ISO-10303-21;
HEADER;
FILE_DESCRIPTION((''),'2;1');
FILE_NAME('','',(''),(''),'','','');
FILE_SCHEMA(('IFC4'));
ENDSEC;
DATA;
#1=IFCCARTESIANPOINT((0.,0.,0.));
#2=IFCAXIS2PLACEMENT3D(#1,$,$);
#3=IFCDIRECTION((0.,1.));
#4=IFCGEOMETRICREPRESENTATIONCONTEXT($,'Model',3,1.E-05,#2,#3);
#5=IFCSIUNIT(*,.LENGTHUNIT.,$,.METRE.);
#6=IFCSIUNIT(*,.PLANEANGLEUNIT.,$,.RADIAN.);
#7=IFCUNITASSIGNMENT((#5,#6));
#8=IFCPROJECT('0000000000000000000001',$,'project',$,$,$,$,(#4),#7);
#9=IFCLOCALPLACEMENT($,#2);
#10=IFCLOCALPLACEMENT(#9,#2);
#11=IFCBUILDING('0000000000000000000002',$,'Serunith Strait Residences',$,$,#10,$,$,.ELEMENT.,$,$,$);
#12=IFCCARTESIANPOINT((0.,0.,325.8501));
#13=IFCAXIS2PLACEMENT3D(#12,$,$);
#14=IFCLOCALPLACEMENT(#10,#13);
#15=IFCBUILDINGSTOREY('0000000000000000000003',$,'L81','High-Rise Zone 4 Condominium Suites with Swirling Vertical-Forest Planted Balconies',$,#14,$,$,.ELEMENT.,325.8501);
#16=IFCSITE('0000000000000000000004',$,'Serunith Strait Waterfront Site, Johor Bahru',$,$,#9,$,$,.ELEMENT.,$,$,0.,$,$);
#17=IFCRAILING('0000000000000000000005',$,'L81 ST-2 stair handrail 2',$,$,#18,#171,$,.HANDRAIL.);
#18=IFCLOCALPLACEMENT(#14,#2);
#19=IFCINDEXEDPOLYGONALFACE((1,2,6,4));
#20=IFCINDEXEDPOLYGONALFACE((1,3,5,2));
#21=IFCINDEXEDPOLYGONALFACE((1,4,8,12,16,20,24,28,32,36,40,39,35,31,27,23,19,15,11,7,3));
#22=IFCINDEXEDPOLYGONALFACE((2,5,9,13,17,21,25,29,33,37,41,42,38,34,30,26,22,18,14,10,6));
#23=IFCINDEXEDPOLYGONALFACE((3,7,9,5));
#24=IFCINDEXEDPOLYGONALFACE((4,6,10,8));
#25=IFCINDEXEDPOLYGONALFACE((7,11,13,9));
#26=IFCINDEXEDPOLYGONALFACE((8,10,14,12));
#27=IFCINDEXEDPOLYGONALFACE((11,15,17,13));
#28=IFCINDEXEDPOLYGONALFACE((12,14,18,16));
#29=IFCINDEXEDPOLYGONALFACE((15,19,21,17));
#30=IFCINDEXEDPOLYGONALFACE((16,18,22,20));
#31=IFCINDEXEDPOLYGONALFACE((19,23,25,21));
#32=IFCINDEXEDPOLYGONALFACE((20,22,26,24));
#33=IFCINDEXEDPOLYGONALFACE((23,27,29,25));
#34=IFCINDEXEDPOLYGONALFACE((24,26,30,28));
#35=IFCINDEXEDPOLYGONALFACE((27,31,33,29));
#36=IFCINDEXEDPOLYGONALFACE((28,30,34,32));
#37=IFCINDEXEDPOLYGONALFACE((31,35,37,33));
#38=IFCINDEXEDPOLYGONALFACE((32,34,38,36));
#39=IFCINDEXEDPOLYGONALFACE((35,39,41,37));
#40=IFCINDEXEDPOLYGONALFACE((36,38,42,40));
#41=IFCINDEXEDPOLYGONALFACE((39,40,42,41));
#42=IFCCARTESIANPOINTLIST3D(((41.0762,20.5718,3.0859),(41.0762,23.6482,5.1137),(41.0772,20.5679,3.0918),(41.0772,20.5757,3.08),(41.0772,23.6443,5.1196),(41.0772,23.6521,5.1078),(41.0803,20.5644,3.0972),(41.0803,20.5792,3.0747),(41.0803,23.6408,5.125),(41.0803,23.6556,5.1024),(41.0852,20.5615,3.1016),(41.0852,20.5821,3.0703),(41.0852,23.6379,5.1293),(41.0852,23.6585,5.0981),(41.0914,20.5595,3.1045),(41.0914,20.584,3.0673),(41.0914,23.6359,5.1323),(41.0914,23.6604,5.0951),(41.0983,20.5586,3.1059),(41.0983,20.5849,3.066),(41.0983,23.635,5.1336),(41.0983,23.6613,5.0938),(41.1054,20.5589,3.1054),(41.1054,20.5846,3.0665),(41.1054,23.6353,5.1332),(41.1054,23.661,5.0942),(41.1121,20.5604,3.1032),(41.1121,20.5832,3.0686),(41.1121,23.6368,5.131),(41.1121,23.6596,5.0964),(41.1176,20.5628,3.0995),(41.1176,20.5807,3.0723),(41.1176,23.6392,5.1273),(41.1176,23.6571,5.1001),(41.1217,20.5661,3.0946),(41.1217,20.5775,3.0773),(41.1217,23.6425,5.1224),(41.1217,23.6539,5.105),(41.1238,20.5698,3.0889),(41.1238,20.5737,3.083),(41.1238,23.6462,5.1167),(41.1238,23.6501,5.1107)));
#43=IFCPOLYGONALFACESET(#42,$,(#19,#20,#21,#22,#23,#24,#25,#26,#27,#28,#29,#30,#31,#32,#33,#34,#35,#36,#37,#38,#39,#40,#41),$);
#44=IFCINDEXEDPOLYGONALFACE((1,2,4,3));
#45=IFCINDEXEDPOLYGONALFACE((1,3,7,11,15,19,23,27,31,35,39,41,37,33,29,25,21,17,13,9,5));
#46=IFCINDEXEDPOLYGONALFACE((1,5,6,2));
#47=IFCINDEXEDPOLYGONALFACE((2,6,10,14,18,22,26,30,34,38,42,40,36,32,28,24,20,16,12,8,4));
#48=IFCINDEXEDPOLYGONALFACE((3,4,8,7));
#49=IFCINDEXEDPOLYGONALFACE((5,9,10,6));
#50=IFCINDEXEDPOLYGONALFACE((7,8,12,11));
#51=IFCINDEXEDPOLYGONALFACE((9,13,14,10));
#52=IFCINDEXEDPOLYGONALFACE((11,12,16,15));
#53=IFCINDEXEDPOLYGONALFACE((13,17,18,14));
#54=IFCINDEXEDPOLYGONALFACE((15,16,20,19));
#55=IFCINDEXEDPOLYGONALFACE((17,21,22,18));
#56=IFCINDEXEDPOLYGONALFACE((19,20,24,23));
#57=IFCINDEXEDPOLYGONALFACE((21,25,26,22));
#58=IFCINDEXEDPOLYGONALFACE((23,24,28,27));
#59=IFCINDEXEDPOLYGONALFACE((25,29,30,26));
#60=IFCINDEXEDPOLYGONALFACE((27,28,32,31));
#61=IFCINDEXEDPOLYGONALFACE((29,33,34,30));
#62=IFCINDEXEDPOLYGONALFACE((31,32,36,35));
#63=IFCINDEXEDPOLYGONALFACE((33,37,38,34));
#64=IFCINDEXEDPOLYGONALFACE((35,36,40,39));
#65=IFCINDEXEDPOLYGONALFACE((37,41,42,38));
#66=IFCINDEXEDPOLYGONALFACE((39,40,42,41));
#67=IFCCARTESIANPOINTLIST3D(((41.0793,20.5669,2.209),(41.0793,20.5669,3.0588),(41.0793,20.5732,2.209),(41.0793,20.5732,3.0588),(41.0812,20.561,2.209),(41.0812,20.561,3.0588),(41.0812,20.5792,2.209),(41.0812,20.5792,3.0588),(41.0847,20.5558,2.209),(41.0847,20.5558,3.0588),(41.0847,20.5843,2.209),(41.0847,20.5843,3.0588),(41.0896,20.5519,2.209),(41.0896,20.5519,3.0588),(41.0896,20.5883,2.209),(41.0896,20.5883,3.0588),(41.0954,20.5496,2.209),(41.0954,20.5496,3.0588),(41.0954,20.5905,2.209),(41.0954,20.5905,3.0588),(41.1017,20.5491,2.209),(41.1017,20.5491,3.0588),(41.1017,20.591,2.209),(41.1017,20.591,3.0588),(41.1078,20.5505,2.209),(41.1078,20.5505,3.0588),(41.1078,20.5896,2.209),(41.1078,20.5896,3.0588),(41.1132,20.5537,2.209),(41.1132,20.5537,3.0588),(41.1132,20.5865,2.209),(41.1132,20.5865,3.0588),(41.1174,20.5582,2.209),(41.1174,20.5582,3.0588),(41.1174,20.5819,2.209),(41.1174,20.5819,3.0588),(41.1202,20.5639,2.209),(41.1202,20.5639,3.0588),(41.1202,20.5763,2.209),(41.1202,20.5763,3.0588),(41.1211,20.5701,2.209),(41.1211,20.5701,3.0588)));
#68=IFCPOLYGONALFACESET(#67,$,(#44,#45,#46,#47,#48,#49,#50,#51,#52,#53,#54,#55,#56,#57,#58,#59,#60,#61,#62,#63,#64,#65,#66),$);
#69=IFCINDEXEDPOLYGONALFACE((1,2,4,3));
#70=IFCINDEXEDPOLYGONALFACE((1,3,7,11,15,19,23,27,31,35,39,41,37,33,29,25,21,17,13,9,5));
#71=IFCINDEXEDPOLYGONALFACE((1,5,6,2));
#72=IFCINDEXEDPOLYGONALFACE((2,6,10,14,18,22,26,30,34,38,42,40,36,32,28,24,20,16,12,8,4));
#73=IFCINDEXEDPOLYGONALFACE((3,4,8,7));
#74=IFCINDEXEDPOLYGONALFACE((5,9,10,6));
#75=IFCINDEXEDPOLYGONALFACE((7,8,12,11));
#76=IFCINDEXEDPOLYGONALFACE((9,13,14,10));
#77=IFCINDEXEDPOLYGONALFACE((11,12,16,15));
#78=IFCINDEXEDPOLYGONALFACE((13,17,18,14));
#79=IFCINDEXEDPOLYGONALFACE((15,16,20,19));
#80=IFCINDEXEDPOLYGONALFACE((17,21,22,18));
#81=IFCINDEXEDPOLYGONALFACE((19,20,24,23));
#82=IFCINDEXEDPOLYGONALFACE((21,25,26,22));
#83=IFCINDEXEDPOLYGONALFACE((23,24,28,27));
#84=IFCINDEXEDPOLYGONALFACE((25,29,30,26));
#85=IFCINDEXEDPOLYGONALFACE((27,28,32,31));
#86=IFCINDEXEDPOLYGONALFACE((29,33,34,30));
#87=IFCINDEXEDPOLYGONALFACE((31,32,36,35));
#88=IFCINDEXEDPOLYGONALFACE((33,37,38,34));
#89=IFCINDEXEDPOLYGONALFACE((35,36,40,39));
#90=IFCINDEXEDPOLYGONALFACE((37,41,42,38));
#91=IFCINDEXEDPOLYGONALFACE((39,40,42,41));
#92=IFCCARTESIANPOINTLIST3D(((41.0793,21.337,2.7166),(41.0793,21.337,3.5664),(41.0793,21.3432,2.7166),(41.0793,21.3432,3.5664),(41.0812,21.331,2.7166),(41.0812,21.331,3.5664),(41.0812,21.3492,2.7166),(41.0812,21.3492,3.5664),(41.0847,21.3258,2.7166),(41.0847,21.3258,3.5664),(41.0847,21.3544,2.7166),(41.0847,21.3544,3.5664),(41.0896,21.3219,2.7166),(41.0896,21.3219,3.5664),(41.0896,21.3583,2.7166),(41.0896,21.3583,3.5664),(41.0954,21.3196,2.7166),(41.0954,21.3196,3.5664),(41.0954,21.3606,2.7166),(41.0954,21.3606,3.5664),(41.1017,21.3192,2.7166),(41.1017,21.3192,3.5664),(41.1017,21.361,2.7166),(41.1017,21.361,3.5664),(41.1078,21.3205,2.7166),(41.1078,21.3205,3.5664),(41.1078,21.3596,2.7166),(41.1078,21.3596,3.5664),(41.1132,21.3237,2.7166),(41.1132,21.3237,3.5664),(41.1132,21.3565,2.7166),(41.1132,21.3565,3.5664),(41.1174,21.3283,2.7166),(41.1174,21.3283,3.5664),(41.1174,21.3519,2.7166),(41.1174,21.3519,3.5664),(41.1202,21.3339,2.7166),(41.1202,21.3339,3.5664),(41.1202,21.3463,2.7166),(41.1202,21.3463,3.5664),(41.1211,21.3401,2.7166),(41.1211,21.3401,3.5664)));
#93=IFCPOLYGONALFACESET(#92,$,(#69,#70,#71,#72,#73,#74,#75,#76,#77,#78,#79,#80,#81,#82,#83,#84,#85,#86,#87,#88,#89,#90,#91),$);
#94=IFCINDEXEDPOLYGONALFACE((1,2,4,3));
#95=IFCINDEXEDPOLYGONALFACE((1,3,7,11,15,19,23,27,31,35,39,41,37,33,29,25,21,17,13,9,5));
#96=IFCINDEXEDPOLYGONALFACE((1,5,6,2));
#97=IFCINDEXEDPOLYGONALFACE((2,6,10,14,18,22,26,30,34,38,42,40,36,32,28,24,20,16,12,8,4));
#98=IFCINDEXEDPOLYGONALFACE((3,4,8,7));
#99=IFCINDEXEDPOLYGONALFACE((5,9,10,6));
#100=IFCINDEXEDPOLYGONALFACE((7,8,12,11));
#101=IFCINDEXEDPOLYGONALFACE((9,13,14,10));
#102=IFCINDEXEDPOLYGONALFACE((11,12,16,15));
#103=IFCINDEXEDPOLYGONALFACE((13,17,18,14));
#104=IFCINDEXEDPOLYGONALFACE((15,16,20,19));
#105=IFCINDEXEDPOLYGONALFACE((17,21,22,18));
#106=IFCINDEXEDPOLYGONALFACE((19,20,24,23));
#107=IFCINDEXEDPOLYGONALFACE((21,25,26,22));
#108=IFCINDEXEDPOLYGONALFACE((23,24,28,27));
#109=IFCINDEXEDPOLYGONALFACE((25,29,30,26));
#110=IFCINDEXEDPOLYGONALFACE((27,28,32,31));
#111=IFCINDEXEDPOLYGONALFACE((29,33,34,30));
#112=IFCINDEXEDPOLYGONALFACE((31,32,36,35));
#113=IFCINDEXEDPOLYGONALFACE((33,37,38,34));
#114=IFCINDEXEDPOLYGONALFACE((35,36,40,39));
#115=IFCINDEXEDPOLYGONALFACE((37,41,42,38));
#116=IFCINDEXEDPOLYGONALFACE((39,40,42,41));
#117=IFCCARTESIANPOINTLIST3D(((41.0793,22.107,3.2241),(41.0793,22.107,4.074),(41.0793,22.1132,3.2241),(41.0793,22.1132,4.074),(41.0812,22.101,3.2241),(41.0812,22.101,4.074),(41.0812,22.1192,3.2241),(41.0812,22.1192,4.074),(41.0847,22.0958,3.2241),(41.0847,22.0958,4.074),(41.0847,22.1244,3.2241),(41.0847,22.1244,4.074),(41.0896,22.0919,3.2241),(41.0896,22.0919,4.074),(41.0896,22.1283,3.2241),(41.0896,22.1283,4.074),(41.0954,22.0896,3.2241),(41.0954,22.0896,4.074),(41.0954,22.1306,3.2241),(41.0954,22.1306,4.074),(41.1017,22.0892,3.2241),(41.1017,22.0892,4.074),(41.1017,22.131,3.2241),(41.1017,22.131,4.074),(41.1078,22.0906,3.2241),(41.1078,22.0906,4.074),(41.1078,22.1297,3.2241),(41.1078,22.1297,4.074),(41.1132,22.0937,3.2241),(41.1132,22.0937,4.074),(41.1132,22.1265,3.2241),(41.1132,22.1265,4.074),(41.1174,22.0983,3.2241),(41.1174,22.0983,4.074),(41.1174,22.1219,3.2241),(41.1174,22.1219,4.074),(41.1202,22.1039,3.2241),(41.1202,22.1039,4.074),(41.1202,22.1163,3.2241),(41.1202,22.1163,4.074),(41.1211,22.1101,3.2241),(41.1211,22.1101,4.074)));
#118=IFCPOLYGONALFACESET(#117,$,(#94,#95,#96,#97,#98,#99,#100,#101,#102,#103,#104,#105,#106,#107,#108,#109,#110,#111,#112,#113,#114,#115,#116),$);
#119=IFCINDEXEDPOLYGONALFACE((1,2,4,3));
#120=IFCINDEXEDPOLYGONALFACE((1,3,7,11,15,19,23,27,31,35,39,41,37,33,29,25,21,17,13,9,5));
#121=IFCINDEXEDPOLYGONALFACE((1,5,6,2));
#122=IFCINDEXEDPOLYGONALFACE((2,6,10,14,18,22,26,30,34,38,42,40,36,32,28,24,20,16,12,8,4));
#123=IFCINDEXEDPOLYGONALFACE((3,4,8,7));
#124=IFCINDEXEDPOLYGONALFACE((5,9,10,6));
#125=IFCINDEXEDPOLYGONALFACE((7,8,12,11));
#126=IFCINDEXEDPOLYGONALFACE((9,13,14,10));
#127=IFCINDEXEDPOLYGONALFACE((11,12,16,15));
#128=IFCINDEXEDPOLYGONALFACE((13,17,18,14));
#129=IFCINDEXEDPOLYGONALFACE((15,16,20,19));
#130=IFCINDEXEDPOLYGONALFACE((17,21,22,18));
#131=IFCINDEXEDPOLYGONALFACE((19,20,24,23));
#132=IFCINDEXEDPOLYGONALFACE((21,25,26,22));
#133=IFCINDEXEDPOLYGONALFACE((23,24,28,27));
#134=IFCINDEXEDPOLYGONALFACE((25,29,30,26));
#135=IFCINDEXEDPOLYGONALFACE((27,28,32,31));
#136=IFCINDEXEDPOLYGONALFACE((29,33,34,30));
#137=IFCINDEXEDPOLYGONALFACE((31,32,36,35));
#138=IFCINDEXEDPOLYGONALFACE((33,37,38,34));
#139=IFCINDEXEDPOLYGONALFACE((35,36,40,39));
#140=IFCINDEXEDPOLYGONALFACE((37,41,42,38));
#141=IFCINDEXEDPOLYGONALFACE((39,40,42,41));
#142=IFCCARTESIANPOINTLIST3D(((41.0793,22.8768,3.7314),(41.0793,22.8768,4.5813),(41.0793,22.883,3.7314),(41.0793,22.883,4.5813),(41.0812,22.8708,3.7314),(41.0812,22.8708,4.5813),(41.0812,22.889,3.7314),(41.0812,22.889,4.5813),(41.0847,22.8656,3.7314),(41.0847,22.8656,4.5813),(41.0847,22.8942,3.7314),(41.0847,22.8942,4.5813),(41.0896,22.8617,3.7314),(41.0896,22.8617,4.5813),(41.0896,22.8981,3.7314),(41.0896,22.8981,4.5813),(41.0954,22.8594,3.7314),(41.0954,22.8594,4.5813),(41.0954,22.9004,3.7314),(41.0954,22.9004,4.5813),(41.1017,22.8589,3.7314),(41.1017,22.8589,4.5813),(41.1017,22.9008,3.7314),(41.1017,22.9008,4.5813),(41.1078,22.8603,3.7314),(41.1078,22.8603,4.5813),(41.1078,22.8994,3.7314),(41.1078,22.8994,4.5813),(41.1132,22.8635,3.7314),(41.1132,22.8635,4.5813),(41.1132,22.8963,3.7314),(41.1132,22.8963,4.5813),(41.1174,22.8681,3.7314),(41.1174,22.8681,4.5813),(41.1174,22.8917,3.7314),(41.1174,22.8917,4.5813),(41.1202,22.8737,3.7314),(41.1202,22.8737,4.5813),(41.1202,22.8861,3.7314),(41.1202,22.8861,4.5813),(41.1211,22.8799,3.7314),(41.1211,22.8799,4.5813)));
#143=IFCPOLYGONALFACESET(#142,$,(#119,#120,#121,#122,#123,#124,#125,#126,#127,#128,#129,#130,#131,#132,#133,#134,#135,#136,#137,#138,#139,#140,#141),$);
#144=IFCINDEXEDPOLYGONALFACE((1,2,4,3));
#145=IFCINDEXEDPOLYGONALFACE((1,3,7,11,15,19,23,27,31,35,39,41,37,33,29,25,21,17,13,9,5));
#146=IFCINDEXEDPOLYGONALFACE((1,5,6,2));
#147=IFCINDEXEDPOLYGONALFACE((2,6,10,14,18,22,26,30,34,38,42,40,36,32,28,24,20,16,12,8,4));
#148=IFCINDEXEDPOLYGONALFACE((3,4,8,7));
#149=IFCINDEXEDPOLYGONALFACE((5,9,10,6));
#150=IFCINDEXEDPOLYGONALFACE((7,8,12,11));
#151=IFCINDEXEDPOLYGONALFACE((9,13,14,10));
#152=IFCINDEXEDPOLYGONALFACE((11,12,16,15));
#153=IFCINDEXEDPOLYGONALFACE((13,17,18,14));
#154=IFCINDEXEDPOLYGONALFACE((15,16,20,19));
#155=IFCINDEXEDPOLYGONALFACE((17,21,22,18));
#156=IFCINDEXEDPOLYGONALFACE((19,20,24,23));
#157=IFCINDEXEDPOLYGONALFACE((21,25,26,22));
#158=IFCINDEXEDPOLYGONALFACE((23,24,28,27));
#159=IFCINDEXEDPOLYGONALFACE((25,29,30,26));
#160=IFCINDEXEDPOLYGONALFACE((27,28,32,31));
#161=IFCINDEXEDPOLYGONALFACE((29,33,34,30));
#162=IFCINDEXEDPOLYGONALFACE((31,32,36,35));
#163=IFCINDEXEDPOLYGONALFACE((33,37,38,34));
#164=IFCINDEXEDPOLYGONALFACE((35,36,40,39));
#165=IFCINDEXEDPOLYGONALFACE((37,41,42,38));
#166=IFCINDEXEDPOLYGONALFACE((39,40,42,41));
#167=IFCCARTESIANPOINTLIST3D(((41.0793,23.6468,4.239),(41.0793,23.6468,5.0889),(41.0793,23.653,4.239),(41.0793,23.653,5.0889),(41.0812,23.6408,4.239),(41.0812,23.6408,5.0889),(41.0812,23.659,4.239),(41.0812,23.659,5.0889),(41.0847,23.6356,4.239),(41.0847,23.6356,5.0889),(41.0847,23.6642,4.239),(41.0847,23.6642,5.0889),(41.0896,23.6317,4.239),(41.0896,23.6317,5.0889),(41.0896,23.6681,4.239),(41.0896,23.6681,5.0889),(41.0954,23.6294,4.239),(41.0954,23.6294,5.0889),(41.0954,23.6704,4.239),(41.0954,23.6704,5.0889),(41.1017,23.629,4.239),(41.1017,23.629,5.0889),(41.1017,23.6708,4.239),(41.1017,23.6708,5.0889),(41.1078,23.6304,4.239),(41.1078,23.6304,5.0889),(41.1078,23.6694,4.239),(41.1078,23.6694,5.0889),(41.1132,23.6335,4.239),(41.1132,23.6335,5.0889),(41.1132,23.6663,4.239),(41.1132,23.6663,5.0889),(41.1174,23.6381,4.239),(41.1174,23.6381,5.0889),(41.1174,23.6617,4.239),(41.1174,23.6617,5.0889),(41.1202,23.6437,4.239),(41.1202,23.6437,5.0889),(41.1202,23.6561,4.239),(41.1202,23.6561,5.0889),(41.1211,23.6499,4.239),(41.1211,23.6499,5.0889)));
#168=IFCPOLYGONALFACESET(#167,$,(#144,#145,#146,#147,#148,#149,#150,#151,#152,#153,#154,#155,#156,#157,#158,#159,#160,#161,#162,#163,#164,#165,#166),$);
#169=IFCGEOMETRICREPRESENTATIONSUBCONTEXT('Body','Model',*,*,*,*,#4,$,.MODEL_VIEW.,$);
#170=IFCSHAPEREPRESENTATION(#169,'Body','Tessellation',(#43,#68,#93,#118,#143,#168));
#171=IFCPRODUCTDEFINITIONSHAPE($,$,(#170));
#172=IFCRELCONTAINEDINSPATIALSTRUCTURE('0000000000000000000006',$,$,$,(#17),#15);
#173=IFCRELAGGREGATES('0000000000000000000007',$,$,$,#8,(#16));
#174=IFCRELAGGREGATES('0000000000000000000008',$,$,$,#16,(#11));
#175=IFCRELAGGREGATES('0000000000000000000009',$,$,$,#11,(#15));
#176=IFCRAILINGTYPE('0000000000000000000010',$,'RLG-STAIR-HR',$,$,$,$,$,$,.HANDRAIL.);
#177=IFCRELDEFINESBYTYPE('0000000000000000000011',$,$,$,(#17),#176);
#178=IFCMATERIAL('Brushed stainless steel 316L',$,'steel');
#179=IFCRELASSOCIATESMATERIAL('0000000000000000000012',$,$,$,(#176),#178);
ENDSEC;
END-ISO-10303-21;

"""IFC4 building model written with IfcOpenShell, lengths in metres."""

from ifc_helpers import new_model, si_unit, direction, frame, origin, origin_2d, place, context, subcontext, project, spatial, circle, extrude, material, type_object, element, save


model = new_model("IFC4")

# Units and contexts
model_context = context("Model", 3, precision=1e-05, world=origin(), true_north=direction((0.0, 1.0)))
body_context = subcontext(model_context, "Body", "Model", "MODEL_VIEW")
ifc_project = project(units=[si_unit("LENGTHUNIT", "METRE"), si_unit("PLANEANGLEUNIT", "RADIAN")], contexts=[model_context])

# Site, building, storey
site_placement = place(None, origin())
site = spatial("IfcSite", under=ifc_project, at=site_placement, Name="Serunith Strait Waterfront Site, Johor Bahru", CompositionType="ELEMENT", RefElevation=0.0)
building_placement = place(site_placement, origin())
building = spatial("IfcBuilding", under=site, at=building_placement, Name="Serunith Strait Residences", CompositionType="ELEMENT")
storey_placement = place(building_placement, frame((0.0, 0.0, 325.8501)))
storey = spatial("IfcBuildingStorey", under=building, at=storey_placement, Name="L81", Description="High-Rise Zone 4 Condominium Suites with Swirling Vertical-Forest Planted Balconies", CompositionType="ELEMENT", Elevation=325.8501)

# Railing
ifc_material_1 = material(Name="Brushed stainless steel 316L", Category="steel")
railing_type_1 = type_object("IfcRailingType", Name="RLG-STAIR-HR", PredefinedType="HANDRAIL", material=ifc_material_1)
railing_1_placement = place(storey_placement, frame((41.1001, 20.5701, 2.209)))
element("IfcRailing", 1, at=railing_1_placement, inside=storey, type_object=railing_type_1, Name="L81 ST-2 stair handrail 2", PredefinedType="HANDRAIL", context=body_context, shape_type="SweptSolid", body=[
    extrude(circle(Radius=0.0239, at=origin_2d()), frame((0.0, 0.0017, 0.877), z_axis=(0.0, 0.834941, 0.55034), x_axis=(-1.0, 0.0, 0.0)), (0.0, 0.0, 1.0), 3.6846),
    extrude(circle(Radius=0.021, at=origin_2d()), origin(), (0.0, 0.0, 1.0), 0.8499),
    extrude(circle(Radius=0.021, at=origin_2d()), frame((0.0, 0.77, 0.5076)), (0.0, 0.0, 1.0), 0.8499),
    extrude(circle(Radius=0.021, at=origin_2d()), frame((0.0, 1.54, 1.0151)), (0.0, 0.0, 1.0), 0.8499),
    extrude(circle(Radius=0.021, at=origin_2d()), frame((0.0, 2.3098, 1.5225)), (0.0, 0.0, 1.0), 0.8499),
    extrude(circle(Radius=0.021, at=origin_2d()), frame((0.0, 3.0798, 2.03)), (0.0, 0.0, 1.0), 0.8499),
])

save(model, "model.ifc")
